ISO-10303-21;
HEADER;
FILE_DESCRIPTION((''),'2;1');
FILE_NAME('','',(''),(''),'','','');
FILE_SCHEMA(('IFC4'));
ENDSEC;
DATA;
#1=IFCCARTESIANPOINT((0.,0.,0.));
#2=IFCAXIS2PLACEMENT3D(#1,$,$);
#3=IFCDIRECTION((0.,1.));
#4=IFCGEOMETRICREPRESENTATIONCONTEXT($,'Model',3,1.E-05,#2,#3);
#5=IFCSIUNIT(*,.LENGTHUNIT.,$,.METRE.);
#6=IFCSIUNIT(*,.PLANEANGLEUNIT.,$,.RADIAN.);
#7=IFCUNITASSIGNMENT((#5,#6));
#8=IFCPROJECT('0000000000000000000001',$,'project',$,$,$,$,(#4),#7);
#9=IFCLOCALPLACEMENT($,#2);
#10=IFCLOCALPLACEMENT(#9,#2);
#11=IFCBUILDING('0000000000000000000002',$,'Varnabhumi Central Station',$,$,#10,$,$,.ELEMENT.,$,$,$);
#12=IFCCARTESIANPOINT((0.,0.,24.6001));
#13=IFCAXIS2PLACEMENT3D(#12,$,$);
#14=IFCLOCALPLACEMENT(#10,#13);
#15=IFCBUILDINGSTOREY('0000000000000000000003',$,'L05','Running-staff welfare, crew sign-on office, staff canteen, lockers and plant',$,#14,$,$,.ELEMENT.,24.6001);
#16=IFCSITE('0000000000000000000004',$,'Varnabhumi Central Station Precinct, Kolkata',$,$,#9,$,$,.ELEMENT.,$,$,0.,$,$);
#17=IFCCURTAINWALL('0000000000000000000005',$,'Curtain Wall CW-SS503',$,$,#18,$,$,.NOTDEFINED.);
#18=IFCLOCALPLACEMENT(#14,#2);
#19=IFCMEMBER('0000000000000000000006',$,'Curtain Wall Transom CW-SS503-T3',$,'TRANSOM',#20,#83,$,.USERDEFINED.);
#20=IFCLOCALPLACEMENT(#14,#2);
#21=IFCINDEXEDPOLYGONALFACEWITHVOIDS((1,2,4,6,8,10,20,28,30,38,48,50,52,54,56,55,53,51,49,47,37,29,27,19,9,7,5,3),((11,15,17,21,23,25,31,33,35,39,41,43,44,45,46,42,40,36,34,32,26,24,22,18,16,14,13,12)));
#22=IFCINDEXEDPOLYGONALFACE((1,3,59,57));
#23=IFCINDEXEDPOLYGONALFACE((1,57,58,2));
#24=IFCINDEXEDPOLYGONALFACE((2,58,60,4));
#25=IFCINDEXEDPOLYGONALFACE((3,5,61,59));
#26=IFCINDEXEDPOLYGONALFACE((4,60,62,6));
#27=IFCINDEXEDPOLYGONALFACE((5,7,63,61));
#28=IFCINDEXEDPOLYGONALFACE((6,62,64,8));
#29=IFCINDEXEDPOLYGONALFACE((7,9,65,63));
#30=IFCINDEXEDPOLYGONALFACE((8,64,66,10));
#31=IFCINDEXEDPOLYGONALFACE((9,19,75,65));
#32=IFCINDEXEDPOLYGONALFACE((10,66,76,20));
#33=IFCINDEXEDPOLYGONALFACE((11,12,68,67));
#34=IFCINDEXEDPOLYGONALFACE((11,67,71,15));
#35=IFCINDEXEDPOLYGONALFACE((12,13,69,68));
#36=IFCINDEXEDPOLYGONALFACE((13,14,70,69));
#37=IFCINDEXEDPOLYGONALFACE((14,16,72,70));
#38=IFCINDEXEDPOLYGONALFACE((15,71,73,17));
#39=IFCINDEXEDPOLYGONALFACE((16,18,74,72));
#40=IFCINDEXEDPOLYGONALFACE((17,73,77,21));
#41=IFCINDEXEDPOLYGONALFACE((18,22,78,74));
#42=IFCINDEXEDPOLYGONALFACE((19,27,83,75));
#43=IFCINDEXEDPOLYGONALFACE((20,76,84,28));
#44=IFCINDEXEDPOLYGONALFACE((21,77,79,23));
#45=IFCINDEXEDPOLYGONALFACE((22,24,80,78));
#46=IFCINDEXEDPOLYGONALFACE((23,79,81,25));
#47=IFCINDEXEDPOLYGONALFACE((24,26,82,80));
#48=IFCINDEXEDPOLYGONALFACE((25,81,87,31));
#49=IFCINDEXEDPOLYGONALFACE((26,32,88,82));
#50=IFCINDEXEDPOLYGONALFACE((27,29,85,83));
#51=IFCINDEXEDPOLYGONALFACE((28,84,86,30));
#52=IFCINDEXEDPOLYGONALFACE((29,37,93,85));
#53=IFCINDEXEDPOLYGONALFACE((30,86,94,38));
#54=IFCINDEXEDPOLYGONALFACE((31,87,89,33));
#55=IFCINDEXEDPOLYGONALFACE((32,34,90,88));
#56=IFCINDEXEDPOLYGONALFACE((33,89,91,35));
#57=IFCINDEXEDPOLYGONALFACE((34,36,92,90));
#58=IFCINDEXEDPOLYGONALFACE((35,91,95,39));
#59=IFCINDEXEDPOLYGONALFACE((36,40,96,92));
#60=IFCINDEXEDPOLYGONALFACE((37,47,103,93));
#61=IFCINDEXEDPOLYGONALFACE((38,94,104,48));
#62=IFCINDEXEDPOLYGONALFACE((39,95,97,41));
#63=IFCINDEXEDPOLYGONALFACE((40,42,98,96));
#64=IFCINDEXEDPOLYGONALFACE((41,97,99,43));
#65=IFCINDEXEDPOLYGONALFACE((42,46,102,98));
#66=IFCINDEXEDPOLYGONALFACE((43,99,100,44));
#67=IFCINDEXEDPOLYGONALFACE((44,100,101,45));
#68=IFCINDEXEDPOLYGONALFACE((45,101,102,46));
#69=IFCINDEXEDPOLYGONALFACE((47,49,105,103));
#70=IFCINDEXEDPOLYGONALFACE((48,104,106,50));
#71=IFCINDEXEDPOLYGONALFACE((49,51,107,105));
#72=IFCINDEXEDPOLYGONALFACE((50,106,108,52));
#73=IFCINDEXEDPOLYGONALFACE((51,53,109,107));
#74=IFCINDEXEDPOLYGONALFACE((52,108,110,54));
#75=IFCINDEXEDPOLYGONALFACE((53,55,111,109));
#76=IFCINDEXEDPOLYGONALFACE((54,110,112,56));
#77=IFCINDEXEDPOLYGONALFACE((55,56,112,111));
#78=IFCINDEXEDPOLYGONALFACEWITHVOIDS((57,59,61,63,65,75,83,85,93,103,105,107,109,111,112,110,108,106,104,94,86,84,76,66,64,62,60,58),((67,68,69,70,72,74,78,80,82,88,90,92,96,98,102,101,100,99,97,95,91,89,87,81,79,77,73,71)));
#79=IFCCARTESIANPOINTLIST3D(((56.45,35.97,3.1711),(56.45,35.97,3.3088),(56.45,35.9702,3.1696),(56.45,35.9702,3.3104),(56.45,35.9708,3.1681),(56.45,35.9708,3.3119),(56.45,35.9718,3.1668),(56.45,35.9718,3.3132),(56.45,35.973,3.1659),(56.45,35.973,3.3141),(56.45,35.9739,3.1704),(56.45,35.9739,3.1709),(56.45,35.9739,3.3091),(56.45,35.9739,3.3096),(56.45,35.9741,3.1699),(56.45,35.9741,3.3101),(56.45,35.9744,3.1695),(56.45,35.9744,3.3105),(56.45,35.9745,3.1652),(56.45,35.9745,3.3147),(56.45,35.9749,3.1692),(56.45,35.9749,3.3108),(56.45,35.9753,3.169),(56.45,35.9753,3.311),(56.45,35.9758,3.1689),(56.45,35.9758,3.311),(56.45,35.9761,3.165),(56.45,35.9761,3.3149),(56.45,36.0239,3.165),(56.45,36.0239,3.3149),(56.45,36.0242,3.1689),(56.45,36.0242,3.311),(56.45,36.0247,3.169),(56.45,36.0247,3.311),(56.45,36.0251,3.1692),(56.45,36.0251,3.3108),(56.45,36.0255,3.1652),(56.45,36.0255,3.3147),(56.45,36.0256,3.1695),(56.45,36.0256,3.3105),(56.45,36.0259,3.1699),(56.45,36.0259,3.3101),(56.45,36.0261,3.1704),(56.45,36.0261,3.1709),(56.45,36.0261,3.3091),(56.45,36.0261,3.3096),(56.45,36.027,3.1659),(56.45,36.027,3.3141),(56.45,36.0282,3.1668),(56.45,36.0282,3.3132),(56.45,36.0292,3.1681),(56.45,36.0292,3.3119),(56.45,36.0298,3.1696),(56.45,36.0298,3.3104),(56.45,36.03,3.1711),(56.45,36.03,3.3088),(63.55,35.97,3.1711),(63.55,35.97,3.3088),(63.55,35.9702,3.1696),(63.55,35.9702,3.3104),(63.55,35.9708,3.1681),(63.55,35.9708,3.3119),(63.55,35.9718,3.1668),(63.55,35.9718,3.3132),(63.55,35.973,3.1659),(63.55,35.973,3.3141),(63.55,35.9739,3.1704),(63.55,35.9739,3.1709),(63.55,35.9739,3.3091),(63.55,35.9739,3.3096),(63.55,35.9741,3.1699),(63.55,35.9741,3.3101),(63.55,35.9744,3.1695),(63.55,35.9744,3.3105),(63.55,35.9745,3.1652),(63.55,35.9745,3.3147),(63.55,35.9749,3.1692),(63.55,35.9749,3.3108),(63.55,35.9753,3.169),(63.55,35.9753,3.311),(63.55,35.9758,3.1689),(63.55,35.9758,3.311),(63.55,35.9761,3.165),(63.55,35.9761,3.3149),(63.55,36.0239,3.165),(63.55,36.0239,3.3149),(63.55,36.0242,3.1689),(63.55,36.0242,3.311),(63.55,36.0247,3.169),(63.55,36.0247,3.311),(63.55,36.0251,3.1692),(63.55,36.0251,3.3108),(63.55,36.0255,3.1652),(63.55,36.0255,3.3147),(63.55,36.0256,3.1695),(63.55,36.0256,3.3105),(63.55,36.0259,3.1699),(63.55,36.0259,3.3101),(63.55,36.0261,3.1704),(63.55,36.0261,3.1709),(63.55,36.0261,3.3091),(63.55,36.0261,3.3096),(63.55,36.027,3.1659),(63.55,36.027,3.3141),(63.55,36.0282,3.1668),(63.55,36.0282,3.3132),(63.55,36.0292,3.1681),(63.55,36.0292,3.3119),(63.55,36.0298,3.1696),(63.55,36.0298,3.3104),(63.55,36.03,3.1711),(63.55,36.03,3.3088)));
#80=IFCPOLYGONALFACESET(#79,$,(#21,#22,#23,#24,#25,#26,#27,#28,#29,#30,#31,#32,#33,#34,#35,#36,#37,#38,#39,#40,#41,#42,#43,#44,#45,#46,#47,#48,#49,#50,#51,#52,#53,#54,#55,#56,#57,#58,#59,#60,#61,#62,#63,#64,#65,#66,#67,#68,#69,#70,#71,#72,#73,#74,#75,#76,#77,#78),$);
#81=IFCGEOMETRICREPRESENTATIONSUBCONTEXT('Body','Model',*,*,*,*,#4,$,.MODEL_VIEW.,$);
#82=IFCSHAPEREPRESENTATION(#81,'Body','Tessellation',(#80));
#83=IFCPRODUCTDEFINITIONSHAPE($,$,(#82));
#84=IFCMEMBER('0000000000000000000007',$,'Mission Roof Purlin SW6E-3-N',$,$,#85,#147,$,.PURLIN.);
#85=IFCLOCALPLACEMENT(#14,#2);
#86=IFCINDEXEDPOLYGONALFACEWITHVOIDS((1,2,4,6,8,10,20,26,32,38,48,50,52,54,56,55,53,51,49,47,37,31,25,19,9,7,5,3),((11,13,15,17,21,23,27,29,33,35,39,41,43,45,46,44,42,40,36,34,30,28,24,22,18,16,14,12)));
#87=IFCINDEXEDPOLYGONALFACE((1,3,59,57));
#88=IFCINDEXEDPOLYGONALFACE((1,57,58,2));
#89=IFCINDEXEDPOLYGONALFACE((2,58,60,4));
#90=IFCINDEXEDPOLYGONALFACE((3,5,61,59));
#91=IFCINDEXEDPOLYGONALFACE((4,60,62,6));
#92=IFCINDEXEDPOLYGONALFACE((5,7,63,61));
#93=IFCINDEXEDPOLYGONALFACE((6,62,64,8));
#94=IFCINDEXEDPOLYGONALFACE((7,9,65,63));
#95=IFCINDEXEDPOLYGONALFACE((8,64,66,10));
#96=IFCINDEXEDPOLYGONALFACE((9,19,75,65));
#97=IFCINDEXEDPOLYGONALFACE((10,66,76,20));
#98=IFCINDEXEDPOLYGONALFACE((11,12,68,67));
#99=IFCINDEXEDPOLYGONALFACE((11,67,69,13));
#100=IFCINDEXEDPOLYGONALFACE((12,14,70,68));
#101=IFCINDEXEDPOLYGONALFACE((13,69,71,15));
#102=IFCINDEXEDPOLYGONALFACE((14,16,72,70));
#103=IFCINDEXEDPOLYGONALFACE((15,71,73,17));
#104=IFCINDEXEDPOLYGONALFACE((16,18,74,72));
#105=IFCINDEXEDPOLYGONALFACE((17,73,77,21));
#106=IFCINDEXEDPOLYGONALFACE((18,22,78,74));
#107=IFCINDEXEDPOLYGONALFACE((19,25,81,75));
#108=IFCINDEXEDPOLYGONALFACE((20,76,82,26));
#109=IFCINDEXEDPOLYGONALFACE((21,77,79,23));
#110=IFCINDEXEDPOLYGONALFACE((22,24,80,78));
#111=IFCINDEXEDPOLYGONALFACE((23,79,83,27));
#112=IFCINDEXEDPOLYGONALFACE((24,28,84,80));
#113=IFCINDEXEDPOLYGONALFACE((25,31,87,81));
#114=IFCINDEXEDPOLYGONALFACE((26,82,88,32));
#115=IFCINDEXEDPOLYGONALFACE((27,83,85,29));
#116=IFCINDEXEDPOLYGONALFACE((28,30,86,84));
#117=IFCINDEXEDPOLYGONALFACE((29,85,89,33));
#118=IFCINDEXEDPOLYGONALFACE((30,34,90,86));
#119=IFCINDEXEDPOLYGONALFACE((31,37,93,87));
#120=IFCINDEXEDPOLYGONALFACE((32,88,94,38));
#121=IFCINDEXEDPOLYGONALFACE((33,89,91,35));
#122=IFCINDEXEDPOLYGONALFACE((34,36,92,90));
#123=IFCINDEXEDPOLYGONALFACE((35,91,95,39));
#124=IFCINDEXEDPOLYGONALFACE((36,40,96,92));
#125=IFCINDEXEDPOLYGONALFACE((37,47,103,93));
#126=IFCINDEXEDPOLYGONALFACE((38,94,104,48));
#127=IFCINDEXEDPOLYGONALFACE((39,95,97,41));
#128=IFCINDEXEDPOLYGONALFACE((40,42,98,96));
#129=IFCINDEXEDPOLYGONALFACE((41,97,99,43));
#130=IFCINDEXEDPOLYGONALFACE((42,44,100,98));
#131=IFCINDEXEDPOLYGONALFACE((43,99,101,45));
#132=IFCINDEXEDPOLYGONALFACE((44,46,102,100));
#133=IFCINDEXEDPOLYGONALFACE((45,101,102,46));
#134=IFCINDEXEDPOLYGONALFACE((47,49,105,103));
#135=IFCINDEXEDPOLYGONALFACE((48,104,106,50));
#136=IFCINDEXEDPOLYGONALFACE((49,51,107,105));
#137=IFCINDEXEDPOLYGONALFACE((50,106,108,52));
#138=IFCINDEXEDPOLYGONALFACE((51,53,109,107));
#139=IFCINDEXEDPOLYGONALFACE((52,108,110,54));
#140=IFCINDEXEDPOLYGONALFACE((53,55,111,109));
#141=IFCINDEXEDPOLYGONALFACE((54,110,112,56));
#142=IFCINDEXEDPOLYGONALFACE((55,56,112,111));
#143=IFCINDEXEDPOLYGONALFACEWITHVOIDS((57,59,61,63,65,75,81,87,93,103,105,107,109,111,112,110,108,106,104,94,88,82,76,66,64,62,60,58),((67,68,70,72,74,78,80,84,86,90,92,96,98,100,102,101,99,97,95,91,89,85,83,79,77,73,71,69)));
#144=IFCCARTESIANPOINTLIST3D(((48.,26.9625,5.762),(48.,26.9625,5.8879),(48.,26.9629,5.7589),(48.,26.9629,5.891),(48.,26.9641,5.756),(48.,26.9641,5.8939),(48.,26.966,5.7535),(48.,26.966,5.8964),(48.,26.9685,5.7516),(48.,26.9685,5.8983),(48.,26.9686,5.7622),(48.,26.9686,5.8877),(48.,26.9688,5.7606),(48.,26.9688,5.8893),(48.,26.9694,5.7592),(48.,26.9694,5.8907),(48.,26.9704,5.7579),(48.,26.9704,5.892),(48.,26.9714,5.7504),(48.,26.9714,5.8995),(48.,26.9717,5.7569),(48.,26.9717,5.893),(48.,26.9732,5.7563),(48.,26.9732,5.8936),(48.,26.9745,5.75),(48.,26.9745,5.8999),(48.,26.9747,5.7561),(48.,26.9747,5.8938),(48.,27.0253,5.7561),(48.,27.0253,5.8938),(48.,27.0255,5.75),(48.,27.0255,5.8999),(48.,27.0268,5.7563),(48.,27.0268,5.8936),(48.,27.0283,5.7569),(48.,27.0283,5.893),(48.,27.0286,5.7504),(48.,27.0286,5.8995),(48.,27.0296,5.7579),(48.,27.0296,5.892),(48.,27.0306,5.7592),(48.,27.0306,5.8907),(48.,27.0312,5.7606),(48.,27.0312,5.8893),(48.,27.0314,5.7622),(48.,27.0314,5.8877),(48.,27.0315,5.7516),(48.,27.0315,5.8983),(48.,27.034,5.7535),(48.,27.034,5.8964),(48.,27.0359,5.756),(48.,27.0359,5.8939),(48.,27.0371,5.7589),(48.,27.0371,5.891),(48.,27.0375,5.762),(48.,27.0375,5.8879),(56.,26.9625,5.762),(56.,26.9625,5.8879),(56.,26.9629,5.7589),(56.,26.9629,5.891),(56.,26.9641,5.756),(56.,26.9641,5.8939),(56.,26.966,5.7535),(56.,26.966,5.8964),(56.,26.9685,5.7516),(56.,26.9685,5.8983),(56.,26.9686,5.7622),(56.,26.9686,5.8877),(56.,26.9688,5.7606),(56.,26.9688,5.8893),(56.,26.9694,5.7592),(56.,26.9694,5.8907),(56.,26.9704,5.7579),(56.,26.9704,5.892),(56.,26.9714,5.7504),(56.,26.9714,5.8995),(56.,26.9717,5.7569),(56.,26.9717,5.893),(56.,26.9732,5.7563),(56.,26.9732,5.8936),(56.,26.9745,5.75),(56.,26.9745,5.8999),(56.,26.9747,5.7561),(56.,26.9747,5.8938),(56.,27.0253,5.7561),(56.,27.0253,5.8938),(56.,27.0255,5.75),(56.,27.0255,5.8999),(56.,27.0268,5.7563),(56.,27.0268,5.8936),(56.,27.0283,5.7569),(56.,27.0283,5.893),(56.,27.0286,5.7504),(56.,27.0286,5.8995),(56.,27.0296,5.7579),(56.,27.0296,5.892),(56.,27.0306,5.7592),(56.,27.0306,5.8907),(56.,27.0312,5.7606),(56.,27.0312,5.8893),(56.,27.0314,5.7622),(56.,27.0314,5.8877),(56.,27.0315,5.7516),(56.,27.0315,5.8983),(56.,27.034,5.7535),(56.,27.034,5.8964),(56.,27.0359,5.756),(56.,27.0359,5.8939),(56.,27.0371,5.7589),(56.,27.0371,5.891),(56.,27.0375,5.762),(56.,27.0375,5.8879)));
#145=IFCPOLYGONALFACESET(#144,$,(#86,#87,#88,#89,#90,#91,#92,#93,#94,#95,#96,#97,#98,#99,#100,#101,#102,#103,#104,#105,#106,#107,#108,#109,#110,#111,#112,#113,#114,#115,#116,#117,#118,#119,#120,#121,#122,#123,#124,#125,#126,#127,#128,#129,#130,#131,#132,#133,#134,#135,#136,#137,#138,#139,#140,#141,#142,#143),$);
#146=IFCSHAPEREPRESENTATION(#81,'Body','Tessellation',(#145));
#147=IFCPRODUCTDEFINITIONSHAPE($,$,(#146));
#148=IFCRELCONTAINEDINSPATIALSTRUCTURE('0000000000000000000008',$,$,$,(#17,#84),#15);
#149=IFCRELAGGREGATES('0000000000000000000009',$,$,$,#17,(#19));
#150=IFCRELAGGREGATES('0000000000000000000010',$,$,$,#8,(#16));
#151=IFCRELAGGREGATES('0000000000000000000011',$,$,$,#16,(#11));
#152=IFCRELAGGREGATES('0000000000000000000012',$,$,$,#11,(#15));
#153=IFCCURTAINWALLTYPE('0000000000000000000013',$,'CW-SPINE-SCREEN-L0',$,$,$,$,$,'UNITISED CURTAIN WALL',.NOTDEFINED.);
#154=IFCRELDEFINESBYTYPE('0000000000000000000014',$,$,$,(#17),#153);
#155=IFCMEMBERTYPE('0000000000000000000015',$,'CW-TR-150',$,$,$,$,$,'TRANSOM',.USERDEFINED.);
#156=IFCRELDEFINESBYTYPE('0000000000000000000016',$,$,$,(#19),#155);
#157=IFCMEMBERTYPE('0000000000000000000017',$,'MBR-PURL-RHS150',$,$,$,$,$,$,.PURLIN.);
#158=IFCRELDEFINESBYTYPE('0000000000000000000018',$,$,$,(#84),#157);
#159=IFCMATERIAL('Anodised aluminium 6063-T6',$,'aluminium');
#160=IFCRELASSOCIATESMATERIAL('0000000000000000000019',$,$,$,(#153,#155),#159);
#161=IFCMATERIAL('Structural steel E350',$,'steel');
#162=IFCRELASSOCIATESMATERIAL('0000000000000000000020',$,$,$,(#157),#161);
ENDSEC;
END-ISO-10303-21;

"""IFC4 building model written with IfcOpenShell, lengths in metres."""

from ifc_helpers import new_model, si_unit, direction, frame, origin, origin_2d, place, context, subcontext, project, spatial, hollow_rectangle, extrude, material, material_profile, profile_set, type_object, element, aggregate, save


model = new_model("IFC4")

# Units and contexts
model_context = context("Model", 3, precision=1e-05, world=origin(), true_north=direction((0.0, 1.0)))
body_context = subcontext(model_context, "Body", "Model", "MODEL_VIEW")
ifc_project = project(units=[si_unit("LENGTHUNIT", "METRE"), si_unit("PLANEANGLEUNIT", "RADIAN")], contexts=[model_context])

# Site, building, storey
site_placement = place(None, origin())
site = spatial("IfcSite", under=ifc_project, at=site_placement, Name="Varnabhumi Central Station Precinct, Kolkata", CompositionType="ELEMENT", RefElevation=0.0)
building_placement = place(site_placement, origin())
building = spatial("IfcBuilding", under=site, at=building_placement, Name="Varnabhumi Central Station", CompositionType="ELEMENT")
storey_placement = place(building_placement, frame((0.0, 0.0, 24.6001)))
storey = spatial("IfcBuildingStorey", under=building, at=storey_placement, Name="L05", Description="Running-staff welfare, crew sign-on office, staff canteen, lockers and plant", CompositionType="ELEMENT", Elevation=24.6001)

# Shared definitions
ifc_material_1 = material(Name="Structural steel E350", Category="steel")

# Curtain wall, member
ifc_material_2 = material(Name="Anodised aluminium 6063-T6", Category="aluminium")
curtain_wall_type = type_object("IfcCurtainWallType", Name="CW-SPINE-SCREEN-L0", ElementType="UNITISED CURTAIN WALL", PredefinedType="NOTDEFINED", material=ifc_material_2)
curtain_wall_placement = place(storey_placement, origin())
curtain_wall = element("IfcCurtainWall", 1, at=curtain_wall_placement, inside=storey, type_object=curtain_wall_type, Name="Curtain Wall CW-SS503", PredefinedType="NOTDEFINED")
ifc_material_profile_1 = material_profile(ifc_material_2, hollow_rectangle(XDim=0.0601, YDim=0.1499, WallThickness=0.0039, InnerFilletRadius=0.002, OuterFilletRadius=0.0061, at=origin_2d()), Name="Anodised aluminium 6063-T6", Category="aluminium")
ifc_profile_set_1 = profile_set([ifc_material_profile_1], Name="Anodised aluminium 6063-T6")
member_type_1 = type_object("IfcMemberType", Name="CW-TR-150", ElementType="TRANSOM", PredefinedType="USERDEFINED", material=ifc_profile_set_1)
member_1_placement = place(storey_placement, frame((56.45, 36.0, 3.24), z_axis=(1.0, 0.0, 0.0), x_axis=(0.0, 1.0, 0.0)))
member_1 = element("IfcMember", 2, at=member_1_placement, type_object=member_type_1, Name="Curtain Wall Transom CW-SS503-T3", ObjectType="TRANSOM", PredefinedType="USERDEFINED", context=body_context, shape_type="SweptSolid", body=[
    extrude(hollow_rectangle(XDim=0.0601, YDim=0.1499, WallThickness=0.0039, InnerFilletRadius=0.002, OuterFilletRadius=0.0061, at=origin_2d()), origin(), (0.0, 0.0, 1.0), 7.1001),
])

# Member
ifc_material_profile_2 = material_profile(ifc_material_1, hollow_rectangle(XDim=0.075, YDim=0.1499, WallThickness=0.0061, InnerFilletRadius=0.0061, OuterFilletRadius=0.012, at=origin_2d()), Name="Structural steel E350", Category="steel")
ifc_profile_set_2 = profile_set([ifc_material_profile_2], Name="Structural steel E350")
member_type_2 = type_object("IfcMemberType", Name="MBR-PURL-RHS150", PredefinedType="PURLIN", material=ifc_profile_set_2)
for number, where, z_axis, x_axis, name in (
    (3, (48.0, 27.0, 5.825), (1.0, 0.0, 0.0), (0.0, 1.0, 0.0), "Mission Roof Purlin SW6E-3-N"),
):
    element("IfcMember", number, at=place(storey_placement, frame(where, z_axis=z_axis, x_axis=x_axis)), inside=storey, type_object=member_type_2, Name=name, PredefinedType="PURLIN", context=body_context, shape_type="SweptSolid", body=[
        extrude(hollow_rectangle(XDim=0.075, YDim=0.1499, WallThickness=0.0061, InnerFilletRadius=0.0061, OuterFilletRadius=0.012, at=origin_2d()), origin(), (0.0, 0.0, 1.0), 8.0),
    ])

aggregate(curtain_wall, [member_1])

save(model, "model.ifc")
